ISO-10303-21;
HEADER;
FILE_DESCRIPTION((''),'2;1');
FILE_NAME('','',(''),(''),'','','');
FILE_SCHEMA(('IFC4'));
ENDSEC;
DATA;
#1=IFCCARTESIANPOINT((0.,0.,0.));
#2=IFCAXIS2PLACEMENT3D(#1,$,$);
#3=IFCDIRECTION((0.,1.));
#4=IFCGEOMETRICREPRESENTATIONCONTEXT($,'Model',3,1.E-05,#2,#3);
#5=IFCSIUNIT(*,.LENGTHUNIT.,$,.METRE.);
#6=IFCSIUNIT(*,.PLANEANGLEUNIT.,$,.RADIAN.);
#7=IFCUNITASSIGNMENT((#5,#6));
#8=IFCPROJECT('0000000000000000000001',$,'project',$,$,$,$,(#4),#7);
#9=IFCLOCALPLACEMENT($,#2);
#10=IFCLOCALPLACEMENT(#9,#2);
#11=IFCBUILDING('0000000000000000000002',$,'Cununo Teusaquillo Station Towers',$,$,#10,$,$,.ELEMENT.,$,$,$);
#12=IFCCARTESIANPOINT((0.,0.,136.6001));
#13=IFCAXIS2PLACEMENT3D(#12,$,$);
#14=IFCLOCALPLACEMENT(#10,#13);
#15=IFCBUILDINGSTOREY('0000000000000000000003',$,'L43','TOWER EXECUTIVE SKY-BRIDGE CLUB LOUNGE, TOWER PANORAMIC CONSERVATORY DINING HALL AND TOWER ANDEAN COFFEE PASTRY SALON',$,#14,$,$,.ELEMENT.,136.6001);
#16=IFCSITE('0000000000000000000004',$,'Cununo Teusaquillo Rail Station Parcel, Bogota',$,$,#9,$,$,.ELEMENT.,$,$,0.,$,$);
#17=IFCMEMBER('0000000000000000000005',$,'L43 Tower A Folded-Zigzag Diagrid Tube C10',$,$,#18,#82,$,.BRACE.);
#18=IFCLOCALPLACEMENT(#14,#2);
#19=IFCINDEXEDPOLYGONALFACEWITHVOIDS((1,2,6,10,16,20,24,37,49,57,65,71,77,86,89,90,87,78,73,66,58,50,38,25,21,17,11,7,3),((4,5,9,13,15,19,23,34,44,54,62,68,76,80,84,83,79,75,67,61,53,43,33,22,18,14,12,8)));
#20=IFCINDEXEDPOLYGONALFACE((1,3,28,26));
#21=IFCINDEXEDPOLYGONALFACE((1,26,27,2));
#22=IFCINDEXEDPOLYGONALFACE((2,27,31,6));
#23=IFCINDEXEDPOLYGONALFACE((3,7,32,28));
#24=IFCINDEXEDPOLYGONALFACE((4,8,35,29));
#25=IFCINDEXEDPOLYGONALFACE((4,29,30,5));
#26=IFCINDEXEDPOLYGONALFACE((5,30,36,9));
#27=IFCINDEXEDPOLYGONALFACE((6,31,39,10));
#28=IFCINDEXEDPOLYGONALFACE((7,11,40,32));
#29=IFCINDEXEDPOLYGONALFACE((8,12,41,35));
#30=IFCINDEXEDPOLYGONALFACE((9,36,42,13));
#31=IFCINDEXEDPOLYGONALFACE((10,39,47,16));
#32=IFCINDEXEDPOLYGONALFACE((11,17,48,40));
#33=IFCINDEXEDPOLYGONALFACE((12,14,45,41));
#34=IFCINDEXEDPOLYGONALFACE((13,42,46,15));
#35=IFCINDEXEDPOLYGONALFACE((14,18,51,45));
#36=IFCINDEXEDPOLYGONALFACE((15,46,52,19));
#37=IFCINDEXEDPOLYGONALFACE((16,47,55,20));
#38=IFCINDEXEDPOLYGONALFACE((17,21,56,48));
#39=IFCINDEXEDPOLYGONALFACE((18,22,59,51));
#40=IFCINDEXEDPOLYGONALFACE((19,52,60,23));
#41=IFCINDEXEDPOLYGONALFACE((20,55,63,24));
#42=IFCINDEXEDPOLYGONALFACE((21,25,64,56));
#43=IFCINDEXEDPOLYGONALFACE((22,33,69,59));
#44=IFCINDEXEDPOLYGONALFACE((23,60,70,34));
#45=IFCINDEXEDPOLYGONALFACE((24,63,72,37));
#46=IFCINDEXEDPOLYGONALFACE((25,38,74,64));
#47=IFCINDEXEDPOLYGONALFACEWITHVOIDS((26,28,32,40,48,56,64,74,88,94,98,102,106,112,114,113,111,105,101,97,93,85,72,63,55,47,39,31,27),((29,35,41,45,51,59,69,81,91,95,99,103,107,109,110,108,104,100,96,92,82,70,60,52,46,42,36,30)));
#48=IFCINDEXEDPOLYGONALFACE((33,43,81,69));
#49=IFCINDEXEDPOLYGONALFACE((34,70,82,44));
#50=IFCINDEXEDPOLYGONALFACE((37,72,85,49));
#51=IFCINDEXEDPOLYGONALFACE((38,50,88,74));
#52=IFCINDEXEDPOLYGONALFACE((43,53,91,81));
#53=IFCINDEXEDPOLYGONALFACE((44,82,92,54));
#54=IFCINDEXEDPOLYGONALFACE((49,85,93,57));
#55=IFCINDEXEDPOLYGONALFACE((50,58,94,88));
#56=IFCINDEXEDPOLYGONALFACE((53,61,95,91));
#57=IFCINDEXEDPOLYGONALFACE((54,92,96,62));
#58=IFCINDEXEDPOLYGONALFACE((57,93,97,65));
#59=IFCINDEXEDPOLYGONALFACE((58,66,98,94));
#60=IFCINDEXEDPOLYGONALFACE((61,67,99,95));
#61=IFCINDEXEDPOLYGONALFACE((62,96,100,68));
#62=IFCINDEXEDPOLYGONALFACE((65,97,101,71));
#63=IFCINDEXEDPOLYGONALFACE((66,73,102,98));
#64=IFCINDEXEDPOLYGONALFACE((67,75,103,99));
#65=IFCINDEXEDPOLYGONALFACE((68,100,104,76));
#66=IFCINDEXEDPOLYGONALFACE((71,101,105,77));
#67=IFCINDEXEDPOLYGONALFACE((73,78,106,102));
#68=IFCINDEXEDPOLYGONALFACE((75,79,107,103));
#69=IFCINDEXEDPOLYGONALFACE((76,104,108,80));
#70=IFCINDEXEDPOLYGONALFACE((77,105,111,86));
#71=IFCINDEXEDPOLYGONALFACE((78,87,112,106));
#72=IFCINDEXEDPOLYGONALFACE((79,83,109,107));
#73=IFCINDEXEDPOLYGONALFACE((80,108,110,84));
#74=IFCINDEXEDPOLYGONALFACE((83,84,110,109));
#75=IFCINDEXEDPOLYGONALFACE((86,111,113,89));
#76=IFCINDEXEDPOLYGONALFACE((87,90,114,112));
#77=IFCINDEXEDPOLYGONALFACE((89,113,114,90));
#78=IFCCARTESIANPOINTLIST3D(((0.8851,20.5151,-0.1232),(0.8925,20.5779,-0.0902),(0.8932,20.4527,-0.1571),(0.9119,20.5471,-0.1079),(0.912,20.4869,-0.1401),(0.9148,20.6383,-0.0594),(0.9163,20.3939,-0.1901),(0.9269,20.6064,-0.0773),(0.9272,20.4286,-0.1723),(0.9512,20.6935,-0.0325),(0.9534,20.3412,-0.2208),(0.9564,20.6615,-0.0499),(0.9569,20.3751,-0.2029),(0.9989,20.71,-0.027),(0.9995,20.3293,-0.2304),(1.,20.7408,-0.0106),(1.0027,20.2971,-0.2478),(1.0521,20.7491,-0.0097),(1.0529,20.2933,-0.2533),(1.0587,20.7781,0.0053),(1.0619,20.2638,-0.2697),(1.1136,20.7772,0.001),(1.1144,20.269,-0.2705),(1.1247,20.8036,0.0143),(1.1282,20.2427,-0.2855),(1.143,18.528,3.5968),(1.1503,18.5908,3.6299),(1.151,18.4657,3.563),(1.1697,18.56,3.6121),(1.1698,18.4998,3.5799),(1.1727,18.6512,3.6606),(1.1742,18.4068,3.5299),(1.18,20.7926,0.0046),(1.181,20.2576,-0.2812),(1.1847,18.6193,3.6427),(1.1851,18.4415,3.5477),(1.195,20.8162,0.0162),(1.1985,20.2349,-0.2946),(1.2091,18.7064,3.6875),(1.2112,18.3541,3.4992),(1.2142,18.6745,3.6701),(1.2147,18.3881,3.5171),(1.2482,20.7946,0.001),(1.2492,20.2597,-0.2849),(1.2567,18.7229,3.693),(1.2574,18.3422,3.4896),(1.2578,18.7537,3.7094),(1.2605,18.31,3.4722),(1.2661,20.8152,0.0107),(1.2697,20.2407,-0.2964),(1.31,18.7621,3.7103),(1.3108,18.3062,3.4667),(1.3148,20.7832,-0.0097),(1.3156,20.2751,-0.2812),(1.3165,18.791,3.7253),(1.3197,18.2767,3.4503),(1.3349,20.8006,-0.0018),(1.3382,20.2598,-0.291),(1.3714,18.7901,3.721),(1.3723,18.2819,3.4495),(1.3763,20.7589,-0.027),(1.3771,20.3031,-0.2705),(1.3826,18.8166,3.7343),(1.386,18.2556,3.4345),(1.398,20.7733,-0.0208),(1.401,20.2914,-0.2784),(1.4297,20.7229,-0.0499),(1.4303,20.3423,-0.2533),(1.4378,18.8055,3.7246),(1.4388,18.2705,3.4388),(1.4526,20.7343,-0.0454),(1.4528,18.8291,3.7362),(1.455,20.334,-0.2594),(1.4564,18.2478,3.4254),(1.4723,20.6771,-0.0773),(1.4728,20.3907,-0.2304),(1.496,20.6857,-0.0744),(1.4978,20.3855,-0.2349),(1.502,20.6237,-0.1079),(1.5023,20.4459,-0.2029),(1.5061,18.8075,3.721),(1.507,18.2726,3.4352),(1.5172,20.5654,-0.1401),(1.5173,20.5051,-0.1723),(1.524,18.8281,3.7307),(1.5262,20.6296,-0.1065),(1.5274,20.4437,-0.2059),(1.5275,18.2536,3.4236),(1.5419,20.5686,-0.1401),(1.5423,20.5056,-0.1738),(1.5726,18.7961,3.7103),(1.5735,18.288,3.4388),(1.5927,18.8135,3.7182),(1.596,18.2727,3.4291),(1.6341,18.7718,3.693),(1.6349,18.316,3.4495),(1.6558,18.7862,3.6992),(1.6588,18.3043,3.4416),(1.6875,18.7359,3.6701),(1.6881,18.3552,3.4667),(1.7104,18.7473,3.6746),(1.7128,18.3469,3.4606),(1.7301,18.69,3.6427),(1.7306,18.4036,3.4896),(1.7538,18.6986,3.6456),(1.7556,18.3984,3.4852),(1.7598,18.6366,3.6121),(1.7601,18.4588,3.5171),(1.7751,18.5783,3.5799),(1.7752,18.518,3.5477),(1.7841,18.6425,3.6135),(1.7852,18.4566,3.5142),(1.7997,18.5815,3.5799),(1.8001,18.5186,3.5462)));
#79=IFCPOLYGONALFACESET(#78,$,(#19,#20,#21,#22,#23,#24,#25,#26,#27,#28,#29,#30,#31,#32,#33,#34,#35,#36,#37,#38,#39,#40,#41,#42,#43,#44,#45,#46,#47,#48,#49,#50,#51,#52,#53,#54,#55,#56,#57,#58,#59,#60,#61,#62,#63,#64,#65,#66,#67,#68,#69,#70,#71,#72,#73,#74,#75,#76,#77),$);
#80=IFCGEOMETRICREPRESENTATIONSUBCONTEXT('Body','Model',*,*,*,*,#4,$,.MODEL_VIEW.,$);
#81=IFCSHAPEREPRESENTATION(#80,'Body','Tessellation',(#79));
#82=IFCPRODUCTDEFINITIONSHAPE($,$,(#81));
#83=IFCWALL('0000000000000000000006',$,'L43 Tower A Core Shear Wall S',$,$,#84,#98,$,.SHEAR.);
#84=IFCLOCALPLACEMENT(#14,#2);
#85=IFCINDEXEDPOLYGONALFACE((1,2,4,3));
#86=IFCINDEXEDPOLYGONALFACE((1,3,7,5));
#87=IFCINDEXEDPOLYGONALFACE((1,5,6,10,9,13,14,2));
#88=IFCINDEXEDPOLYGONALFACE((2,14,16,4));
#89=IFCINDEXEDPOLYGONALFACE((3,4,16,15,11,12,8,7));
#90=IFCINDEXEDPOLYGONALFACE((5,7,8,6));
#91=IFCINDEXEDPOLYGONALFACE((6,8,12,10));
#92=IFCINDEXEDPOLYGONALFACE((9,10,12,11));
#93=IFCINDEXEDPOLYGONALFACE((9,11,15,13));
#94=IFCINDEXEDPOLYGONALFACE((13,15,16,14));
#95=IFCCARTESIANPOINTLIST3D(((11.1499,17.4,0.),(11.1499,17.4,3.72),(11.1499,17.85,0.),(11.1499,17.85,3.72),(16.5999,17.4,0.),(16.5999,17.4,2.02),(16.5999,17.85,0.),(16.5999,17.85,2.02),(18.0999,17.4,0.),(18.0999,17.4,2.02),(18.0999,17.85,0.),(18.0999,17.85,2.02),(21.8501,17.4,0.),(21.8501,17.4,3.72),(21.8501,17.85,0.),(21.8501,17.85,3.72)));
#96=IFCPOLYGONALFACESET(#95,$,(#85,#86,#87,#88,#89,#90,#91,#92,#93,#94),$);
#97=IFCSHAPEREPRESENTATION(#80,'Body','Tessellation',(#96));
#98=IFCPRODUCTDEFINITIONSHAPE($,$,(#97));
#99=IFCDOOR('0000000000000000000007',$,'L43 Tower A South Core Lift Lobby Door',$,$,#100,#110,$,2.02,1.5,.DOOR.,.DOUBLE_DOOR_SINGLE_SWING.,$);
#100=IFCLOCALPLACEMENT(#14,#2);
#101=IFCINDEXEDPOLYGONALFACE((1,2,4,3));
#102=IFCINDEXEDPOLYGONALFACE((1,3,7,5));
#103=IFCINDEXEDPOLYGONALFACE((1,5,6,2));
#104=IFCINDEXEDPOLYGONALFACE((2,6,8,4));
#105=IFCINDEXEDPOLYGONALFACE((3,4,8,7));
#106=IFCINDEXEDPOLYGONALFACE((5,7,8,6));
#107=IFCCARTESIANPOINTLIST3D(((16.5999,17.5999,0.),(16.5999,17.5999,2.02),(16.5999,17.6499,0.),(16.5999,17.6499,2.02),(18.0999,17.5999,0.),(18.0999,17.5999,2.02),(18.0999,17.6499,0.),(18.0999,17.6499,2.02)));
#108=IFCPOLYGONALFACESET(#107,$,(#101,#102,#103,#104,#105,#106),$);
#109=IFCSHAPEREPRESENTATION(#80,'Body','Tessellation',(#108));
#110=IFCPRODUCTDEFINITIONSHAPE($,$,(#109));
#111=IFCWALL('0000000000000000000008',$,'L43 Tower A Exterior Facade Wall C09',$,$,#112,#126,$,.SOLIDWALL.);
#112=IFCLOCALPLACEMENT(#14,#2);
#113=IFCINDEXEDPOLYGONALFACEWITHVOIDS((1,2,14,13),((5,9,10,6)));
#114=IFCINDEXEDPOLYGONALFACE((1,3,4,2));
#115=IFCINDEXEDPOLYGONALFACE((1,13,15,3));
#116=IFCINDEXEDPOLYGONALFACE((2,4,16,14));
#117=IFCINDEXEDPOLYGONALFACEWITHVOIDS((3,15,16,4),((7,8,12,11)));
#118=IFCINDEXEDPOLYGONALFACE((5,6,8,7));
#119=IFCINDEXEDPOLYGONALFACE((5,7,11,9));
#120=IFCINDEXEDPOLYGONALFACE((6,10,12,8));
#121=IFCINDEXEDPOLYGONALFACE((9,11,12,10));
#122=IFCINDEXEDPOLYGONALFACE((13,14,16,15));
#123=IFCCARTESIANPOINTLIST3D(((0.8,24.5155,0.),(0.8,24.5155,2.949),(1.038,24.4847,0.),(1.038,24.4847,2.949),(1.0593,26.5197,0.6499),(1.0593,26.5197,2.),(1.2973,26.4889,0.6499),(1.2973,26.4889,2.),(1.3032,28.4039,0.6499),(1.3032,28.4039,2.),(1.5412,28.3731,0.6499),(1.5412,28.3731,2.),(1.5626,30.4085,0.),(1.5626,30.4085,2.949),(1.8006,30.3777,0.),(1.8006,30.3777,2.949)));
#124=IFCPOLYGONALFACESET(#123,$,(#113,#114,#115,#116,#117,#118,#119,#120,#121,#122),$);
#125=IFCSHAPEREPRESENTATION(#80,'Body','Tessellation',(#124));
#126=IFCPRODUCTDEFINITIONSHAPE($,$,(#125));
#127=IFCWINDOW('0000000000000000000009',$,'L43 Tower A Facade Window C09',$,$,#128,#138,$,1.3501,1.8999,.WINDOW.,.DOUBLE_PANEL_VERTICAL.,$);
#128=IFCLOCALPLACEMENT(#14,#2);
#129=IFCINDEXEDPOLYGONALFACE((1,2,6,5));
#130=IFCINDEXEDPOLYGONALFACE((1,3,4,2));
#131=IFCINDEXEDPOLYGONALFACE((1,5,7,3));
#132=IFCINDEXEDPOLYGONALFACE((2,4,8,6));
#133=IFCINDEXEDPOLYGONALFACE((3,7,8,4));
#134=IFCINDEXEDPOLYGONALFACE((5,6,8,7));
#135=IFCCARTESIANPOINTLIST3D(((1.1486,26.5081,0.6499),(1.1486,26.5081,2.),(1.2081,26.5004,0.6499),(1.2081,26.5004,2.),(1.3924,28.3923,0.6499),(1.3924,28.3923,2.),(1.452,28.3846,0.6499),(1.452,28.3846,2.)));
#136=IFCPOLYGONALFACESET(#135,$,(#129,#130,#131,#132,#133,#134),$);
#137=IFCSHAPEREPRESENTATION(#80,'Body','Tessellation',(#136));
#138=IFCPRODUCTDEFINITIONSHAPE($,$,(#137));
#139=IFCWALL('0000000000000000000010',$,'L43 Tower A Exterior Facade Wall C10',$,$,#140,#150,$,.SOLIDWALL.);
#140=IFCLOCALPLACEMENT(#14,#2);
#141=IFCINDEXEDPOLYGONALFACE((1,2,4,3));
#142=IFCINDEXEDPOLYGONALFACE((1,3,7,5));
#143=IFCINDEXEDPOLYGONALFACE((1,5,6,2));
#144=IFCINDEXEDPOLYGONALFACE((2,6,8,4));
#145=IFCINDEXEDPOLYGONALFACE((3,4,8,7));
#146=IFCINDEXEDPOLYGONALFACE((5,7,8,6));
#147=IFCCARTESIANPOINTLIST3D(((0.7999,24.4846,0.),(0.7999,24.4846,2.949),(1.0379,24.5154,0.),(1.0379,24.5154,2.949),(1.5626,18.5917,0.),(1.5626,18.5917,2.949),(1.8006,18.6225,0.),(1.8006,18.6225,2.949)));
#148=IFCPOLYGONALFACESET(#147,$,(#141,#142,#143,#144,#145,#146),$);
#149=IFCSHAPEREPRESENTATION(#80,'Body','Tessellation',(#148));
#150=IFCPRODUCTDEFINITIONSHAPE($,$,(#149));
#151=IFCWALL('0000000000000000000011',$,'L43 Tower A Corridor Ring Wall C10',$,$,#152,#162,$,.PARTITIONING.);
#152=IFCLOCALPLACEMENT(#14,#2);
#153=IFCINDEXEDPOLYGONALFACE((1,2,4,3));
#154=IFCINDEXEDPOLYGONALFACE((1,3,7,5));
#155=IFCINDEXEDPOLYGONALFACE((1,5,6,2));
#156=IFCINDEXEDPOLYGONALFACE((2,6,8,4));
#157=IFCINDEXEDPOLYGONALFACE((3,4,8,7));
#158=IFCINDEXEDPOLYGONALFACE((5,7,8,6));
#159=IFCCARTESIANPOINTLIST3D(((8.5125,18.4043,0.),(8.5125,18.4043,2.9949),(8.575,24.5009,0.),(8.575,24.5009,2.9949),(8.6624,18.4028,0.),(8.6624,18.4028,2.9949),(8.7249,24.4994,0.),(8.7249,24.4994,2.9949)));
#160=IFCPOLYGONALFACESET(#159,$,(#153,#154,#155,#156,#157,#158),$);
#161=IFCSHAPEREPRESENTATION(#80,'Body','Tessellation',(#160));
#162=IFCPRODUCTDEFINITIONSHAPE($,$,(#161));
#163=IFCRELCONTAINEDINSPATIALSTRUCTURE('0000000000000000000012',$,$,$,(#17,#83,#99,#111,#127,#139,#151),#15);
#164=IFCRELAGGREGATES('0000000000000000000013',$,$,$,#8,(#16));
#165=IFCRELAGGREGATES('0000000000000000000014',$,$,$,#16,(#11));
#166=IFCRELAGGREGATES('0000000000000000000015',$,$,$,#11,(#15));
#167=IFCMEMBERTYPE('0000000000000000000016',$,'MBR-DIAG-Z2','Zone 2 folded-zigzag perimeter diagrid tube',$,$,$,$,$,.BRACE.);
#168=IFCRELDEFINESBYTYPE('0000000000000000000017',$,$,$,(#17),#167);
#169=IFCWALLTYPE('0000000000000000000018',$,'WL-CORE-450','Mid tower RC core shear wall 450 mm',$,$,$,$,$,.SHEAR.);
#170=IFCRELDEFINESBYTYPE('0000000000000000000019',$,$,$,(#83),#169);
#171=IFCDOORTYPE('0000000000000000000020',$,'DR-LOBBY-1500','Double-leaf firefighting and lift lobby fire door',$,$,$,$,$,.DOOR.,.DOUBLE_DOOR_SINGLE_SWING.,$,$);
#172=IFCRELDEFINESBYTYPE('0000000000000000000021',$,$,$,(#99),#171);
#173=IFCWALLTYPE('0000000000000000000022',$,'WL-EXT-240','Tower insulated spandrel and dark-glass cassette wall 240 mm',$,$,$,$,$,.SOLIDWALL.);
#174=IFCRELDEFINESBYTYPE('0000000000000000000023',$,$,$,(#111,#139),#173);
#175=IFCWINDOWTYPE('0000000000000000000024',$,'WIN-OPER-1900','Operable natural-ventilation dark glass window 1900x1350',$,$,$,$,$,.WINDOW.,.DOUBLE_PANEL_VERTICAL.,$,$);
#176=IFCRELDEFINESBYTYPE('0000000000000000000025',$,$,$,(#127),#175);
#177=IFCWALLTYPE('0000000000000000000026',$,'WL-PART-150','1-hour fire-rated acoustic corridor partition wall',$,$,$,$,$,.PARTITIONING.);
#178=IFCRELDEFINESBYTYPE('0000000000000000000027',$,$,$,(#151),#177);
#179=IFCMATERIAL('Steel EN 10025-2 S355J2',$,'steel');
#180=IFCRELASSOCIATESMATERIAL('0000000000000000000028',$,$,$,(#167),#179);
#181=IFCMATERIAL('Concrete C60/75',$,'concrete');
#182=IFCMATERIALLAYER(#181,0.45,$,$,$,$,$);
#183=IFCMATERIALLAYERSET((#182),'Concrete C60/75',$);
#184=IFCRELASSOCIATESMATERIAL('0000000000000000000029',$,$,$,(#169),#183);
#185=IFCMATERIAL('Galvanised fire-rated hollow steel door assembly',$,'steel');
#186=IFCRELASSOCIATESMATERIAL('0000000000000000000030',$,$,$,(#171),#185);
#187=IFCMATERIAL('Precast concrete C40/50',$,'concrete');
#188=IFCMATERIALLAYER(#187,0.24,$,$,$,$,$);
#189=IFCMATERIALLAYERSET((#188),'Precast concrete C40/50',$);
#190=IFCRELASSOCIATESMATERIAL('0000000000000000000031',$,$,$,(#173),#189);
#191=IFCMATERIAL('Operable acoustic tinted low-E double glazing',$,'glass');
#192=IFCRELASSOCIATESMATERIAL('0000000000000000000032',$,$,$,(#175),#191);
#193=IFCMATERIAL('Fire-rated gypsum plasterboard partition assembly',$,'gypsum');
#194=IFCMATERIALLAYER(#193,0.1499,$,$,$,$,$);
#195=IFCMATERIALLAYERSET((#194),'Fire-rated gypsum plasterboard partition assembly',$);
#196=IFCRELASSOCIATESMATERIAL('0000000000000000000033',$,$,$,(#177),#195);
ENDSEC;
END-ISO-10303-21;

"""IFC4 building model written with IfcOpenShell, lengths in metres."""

from ifc_helpers import new_model, si_unit, direction, frame, frame_2d, origin, origin_2d, place, context, subcontext, project, spatial, rectangle, hollow_circle, extrude, source, transform, mapped, material, layer, layer_set, material_profile, profile_set, type_object, element, fill, save


model = new_model("IFC4")

# Units and contexts
model_context = context("Model", 3, precision=1e-05, world=origin(), true_north=direction((0.0, 1.0)))
body_context = subcontext(model_context, "Body", "Model", "MODEL_VIEW")
ifc_project = project(units=[si_unit("LENGTHUNIT", "METRE"), si_unit("PLANEANGLEUNIT", "RADIAN")], contexts=[model_context])

# Site, building, storey
site_placement = place(None, origin())
site = spatial("IfcSite", under=ifc_project, at=site_placement, Name="Cununo Teusaquillo Rail Station Parcel, Bogota", CompositionType="ELEMENT", RefElevation=0.0)
building_placement = place(site_placement, origin())
building = spatial("IfcBuilding", under=site, at=building_placement, Name="Cununo Teusaquillo Station Towers", CompositionType="ELEMENT")
storey_placement = place(building_placement, frame((0.0, 0.0, 136.6001)))
storey = spatial("IfcBuildingStorey", under=building, at=storey_placement, Name="L43", Description="TOWER EXECUTIVE SKY-BRIDGE CLUB LOUNGE, TOWER PANORAMIC CONSERVATORY DINING HALL AND TOWER ANDEAN COFFEE PASTRY SALON", CompositionType="ELEMENT", Elevation=136.6001)

# Member
ifc_material_1 = material(Name="Steel EN 10025-2 S355J2", Category="steel")
ifc_material_profile_1 = material_profile(ifc_material_1, hollow_circle(Radius=0.3301, WallThickness=0.0249, at=origin_2d()), Name="CHS 660x25")
ifc_profile_set_1 = profile_set([ifc_material_profile_1], Name="Steel EN 10025-2 S355J2")
member_type = type_object("IfcMemberType", Name="MBR-DIAG-Z2", Description="Zone 2 folded-zigzag perimeter diagrid tube", PredefinedType="BRACE", material=ifc_profile_set_1)
member_placement = place(storey_placement, frame((1.2146, 20.5261, -0.1401), z_axis=(0.061017, -0.470278, 0.880406), x_axis=(0.991688, 0.128667, 0.0)))
element("IfcMember", 1, at=member_placement, inside=storey, type_object=member_type, Name="L43 Tower A Folded-Zigzag Diagrid Tube C10", PredefinedType="BRACE", context=body_context, shape_type="SweptSolid", body=[
    extrude(hollow_circle(Radius=0.3301, WallThickness=0.0249, at=origin_2d()), origin(), (0.0, 0.0, 1.0), 4.2253),
])

# Wall, opening, door
ifc_material_2 = material(Name="Concrete C60/75", Category="concrete")
ifc_layer_1 = layer(ifc_material_2, 0.45)
ifc_layer_set_1 = layer_set([ifc_layer_1], Name="Concrete C60/75")
wall_type_1 = type_object("IfcWallType", Name="WL-CORE-450", Description="Mid tower RC core shear wall 450 mm", PredefinedType="SHEAR", material=ifc_layer_set_1)
wall_1_placement = place(storey_placement, frame((11.1499, 17.625, 0.0), z_axis=(0.0, 0.0, 1.0), x_axis=(1.0, 0.0, 0.0)))
wall_1 = element("IfcWall", 2, at=wall_1_placement, inside=storey, type_object=wall_type_1, Name="L43 Tower A Core Shear Wall S", PredefinedType="SHEAR", context=body_context, shape_type="SweptSolid", body=[
    extrude(rectangle(XDim=10.7002, YDim=0.45, at=frame_2d((5.3501, 0.0))), origin(), (0.0, 0.0, 1.0), 3.72),
])
shared_shape_1 = source(origin(), body_context, "Body", "SweptSolid", [
    extrude(rectangle(XDim=1.5, YDim=2.02, at=frame_2d((0.75, 1.01))), frame((0.0, 0.2349, 0.0), z_axis=(0.0, -1.0, 0.0), x_axis=(1.0, 0.0, 0.0)), (0.0, 0.0, 1.0), 0.47),
])
opening_1_placement = place(wall_1_placement, frame((5.45, 0.0, 0.0)))
opening_1 = element("IfcOpeningElement", 3, at=opening_1_placement, cuts=wall_1, PredefinedType="OPENING", context=body_context, shape_type="MappedRepresentation", body=[
    mapped(shared_shape_1, transform((0.0, 0.0, 0.0), x_axis=(1.0, 0.0, 0.0), y_axis=(0.0, 1.0, 0.0), z_axis=(0.0, 0.0, 1.0), scale=1.0)),
])
ifc_material_3 = material(Name="Galvanised fire-rated hollow steel door assembly", Category="steel")
door_type = type_object("IfcDoorType", Name="DR-LOBBY-1500", Description="Double-leaf firefighting and lift lobby fire door", OperationType="DOUBLE_DOOR_SINGLE_SWING", PredefinedType="DOOR", material=ifc_material_3)
shared_shape_2 = source(origin(), body_context, "Body", "SweptSolid", [
    extrude(rectangle(XDim=1.5, YDim=2.02, at=frame_2d((0.75, 1.01))), frame((0.0, 0.0249, 0.0), z_axis=(0.0, -1.0, 0.0), x_axis=(1.0, 0.0, 0.0)), (0.0, 0.0, 1.0), 0.05),
])
door_placement = place(opening_1_placement, origin())
door = element("IfcDoor", 4, at=door_placement, inside=storey, type_object=door_type, Name="L43 Tower A South Core Lift Lobby Door", OperationType="DOUBLE_DOOR_SINGLE_SWING", OverallHeight=2.02, OverallWidth=1.5, PredefinedType="DOOR", context=body_context, shape_type="MappedRepresentation", body=[
    mapped(shared_shape_2, transform((0.0, 0.0, 0.0), x_axis=(1.0, 0.0, 0.0), y_axis=(0.0, 1.0, 0.0), z_axis=(0.0, 0.0, 1.0), scale=1.0)),
])
fill(opening_1, door)

# Wall, opening, window
ifc_material_4 = material(Name="Precast concrete C40/50", Category="concrete")
ifc_layer_2 = layer(ifc_material_4, 0.24)
ifc_layer_set_2 = layer_set([ifc_layer_2], Name="Precast concrete C40/50")
wall_type_2 = type_object("IfcWallType", Name="WL-EXT-240", Description="Tower insulated spandrel and dark-glass cassette wall 240 mm", PredefinedType="SOLIDWALL", material=ifc_layer_set_2)
wall_2_placement = place(storey_placement, frame((0.9189, 24.5, 0.0), z_axis=(0.0, 0.0, 1.0), x_axis=(0.128352, 0.991729, 0.0)))
wall_2 = element("IfcWall", 5, at=wall_2_placement, inside=storey, type_object=wall_type_2, Name="L43 Tower A Exterior Facade Wall C09", PredefinedType="SOLIDWALL", context=body_context, shape_type="SweptSolid", body=[
    extrude(rectangle(XDim=5.9421, YDim=0.24, at=frame_2d((2.9712, 0.0))), origin(), (0.0, 0.0, 1.0), 2.949),
])
shared_shape_3 = source(origin(), body_context, "Body", "SweptSolid", [
    extrude(rectangle(XDim=1.8999, YDim=1.3501, at=frame_2d((0.95, 0.675))), frame((0.0, 0.1299, 0.0), z_axis=(0.0, -1.0, 0.0), x_axis=(1.0, 0.0, 0.0)), (0.0, 0.0, 1.0), 0.26),
])
opening_2_placement = place(wall_2_placement, frame((2.021, 0.0, 0.6499)))
opening_2 = element("IfcOpeningElement", 6, at=opening_2_placement, cuts=wall_2, PredefinedType="OPENING", context=body_context, shape_type="MappedRepresentation", body=[
    mapped(shared_shape_3, transform((0.0, 0.0, 0.0), x_axis=(1.0, 0.0, 0.0), y_axis=(0.0, 1.0, 0.0), z_axis=(0.0, 0.0, 1.0), scale=1.0)),
])
ifc_material_5 = material(Name="Operable acoustic tinted low-E double glazing", Category="glass")
window_type = type_object("IfcWindowType", Name="WIN-OPER-1900", Description="Operable natural-ventilation dark glass window 1900x1350", PartitioningType="DOUBLE_PANEL_VERTICAL", PredefinedType="WINDOW", material=ifc_material_5)
shared_shape_4 = source(origin(), body_context, "Body", "SweptSolid", [
    extrude(rectangle(XDim=1.8999, YDim=1.3501, at=frame_2d((0.95, 0.675))), frame((0.0, 0.03, 0.0), z_axis=(0.0, -1.0, 0.0), x_axis=(1.0, 0.0, 0.0)), (0.0, 0.0, 1.0), 0.0601),
])
window_placement = place(opening_2_placement, origin())
window = element("IfcWindow", 7, at=window_placement, inside=storey, type_object=window_type, Name="L43 Tower A Facade Window C09", OverallHeight=1.3501, OverallWidth=1.8999, PartitioningType="DOUBLE_PANEL_VERTICAL", PredefinedType="WINDOW", context=body_context, shape_type="MappedRepresentation", body=[
    mapped(shared_shape_4, transform((0.0, 0.0, 0.0), x_axis=(1.0, 0.0, 0.0), y_axis=(0.0, 1.0, 0.0), z_axis=(0.0, 0.0, 1.0), scale=1.0)),
])
fill(opening_2, window)

# Walls
wall_3_placement = place(storey_placement, frame((1.6816, 18.6069, 0.0), z_axis=(0.0, 0.0, 1.0), x_axis=(-0.128352, 0.991729, 0.0)))
element("IfcWall", 8, at=wall_3_placement, inside=storey, type_object=wall_type_2, Name="L43 Tower A Exterior Facade Wall C10", PredefinedType="SOLIDWALL", context=body_context, shape_type="SweptSolid", body=[
    extrude(rectangle(XDim=5.9421, YDim=0.24, at=frame_2d((2.9712, 0.0))), origin(), (0.0, 0.0, 1.0), 2.949),
])
ifc_material_6 = material(Name="Fire-rated gypsum plasterboard partition assembly", Category="gypsum")
ifc_layer_3 = layer(ifc_material_6, 0.1499)
ifc_layer_set_3 = layer_set([ifc_layer_3], Name="Fire-rated gypsum plasterboard partition assembly")
wall_type_3 = type_object("IfcWallType", Name="WL-PART-150", Description="1-hour fire-rated acoustic corridor partition wall", PredefinedType="PARTITIONING", material=ifc_layer_set_3)
wall_4_placement = place(storey_placement, frame((8.6499, 24.5, 0.0), z_axis=(0.0, 0.0, 1.0), x_axis=(-0.010251, -0.999947, 0.0)))
element("IfcWall", 9, at=wall_4_placement, inside=storey, type_object=wall_type_3, Name="L43 Tower A Corridor Ring Wall C10", PredefinedType="PARTITIONING", context=body_context, shape_type="SweptSolid", body=[
    extrude(rectangle(XDim=6.0969, YDim=0.1499, at=frame_2d((3.0483, 0.0))), origin(), (0.0, 0.0, 1.0), 2.9949),
])

save(model, "model.ifc")
